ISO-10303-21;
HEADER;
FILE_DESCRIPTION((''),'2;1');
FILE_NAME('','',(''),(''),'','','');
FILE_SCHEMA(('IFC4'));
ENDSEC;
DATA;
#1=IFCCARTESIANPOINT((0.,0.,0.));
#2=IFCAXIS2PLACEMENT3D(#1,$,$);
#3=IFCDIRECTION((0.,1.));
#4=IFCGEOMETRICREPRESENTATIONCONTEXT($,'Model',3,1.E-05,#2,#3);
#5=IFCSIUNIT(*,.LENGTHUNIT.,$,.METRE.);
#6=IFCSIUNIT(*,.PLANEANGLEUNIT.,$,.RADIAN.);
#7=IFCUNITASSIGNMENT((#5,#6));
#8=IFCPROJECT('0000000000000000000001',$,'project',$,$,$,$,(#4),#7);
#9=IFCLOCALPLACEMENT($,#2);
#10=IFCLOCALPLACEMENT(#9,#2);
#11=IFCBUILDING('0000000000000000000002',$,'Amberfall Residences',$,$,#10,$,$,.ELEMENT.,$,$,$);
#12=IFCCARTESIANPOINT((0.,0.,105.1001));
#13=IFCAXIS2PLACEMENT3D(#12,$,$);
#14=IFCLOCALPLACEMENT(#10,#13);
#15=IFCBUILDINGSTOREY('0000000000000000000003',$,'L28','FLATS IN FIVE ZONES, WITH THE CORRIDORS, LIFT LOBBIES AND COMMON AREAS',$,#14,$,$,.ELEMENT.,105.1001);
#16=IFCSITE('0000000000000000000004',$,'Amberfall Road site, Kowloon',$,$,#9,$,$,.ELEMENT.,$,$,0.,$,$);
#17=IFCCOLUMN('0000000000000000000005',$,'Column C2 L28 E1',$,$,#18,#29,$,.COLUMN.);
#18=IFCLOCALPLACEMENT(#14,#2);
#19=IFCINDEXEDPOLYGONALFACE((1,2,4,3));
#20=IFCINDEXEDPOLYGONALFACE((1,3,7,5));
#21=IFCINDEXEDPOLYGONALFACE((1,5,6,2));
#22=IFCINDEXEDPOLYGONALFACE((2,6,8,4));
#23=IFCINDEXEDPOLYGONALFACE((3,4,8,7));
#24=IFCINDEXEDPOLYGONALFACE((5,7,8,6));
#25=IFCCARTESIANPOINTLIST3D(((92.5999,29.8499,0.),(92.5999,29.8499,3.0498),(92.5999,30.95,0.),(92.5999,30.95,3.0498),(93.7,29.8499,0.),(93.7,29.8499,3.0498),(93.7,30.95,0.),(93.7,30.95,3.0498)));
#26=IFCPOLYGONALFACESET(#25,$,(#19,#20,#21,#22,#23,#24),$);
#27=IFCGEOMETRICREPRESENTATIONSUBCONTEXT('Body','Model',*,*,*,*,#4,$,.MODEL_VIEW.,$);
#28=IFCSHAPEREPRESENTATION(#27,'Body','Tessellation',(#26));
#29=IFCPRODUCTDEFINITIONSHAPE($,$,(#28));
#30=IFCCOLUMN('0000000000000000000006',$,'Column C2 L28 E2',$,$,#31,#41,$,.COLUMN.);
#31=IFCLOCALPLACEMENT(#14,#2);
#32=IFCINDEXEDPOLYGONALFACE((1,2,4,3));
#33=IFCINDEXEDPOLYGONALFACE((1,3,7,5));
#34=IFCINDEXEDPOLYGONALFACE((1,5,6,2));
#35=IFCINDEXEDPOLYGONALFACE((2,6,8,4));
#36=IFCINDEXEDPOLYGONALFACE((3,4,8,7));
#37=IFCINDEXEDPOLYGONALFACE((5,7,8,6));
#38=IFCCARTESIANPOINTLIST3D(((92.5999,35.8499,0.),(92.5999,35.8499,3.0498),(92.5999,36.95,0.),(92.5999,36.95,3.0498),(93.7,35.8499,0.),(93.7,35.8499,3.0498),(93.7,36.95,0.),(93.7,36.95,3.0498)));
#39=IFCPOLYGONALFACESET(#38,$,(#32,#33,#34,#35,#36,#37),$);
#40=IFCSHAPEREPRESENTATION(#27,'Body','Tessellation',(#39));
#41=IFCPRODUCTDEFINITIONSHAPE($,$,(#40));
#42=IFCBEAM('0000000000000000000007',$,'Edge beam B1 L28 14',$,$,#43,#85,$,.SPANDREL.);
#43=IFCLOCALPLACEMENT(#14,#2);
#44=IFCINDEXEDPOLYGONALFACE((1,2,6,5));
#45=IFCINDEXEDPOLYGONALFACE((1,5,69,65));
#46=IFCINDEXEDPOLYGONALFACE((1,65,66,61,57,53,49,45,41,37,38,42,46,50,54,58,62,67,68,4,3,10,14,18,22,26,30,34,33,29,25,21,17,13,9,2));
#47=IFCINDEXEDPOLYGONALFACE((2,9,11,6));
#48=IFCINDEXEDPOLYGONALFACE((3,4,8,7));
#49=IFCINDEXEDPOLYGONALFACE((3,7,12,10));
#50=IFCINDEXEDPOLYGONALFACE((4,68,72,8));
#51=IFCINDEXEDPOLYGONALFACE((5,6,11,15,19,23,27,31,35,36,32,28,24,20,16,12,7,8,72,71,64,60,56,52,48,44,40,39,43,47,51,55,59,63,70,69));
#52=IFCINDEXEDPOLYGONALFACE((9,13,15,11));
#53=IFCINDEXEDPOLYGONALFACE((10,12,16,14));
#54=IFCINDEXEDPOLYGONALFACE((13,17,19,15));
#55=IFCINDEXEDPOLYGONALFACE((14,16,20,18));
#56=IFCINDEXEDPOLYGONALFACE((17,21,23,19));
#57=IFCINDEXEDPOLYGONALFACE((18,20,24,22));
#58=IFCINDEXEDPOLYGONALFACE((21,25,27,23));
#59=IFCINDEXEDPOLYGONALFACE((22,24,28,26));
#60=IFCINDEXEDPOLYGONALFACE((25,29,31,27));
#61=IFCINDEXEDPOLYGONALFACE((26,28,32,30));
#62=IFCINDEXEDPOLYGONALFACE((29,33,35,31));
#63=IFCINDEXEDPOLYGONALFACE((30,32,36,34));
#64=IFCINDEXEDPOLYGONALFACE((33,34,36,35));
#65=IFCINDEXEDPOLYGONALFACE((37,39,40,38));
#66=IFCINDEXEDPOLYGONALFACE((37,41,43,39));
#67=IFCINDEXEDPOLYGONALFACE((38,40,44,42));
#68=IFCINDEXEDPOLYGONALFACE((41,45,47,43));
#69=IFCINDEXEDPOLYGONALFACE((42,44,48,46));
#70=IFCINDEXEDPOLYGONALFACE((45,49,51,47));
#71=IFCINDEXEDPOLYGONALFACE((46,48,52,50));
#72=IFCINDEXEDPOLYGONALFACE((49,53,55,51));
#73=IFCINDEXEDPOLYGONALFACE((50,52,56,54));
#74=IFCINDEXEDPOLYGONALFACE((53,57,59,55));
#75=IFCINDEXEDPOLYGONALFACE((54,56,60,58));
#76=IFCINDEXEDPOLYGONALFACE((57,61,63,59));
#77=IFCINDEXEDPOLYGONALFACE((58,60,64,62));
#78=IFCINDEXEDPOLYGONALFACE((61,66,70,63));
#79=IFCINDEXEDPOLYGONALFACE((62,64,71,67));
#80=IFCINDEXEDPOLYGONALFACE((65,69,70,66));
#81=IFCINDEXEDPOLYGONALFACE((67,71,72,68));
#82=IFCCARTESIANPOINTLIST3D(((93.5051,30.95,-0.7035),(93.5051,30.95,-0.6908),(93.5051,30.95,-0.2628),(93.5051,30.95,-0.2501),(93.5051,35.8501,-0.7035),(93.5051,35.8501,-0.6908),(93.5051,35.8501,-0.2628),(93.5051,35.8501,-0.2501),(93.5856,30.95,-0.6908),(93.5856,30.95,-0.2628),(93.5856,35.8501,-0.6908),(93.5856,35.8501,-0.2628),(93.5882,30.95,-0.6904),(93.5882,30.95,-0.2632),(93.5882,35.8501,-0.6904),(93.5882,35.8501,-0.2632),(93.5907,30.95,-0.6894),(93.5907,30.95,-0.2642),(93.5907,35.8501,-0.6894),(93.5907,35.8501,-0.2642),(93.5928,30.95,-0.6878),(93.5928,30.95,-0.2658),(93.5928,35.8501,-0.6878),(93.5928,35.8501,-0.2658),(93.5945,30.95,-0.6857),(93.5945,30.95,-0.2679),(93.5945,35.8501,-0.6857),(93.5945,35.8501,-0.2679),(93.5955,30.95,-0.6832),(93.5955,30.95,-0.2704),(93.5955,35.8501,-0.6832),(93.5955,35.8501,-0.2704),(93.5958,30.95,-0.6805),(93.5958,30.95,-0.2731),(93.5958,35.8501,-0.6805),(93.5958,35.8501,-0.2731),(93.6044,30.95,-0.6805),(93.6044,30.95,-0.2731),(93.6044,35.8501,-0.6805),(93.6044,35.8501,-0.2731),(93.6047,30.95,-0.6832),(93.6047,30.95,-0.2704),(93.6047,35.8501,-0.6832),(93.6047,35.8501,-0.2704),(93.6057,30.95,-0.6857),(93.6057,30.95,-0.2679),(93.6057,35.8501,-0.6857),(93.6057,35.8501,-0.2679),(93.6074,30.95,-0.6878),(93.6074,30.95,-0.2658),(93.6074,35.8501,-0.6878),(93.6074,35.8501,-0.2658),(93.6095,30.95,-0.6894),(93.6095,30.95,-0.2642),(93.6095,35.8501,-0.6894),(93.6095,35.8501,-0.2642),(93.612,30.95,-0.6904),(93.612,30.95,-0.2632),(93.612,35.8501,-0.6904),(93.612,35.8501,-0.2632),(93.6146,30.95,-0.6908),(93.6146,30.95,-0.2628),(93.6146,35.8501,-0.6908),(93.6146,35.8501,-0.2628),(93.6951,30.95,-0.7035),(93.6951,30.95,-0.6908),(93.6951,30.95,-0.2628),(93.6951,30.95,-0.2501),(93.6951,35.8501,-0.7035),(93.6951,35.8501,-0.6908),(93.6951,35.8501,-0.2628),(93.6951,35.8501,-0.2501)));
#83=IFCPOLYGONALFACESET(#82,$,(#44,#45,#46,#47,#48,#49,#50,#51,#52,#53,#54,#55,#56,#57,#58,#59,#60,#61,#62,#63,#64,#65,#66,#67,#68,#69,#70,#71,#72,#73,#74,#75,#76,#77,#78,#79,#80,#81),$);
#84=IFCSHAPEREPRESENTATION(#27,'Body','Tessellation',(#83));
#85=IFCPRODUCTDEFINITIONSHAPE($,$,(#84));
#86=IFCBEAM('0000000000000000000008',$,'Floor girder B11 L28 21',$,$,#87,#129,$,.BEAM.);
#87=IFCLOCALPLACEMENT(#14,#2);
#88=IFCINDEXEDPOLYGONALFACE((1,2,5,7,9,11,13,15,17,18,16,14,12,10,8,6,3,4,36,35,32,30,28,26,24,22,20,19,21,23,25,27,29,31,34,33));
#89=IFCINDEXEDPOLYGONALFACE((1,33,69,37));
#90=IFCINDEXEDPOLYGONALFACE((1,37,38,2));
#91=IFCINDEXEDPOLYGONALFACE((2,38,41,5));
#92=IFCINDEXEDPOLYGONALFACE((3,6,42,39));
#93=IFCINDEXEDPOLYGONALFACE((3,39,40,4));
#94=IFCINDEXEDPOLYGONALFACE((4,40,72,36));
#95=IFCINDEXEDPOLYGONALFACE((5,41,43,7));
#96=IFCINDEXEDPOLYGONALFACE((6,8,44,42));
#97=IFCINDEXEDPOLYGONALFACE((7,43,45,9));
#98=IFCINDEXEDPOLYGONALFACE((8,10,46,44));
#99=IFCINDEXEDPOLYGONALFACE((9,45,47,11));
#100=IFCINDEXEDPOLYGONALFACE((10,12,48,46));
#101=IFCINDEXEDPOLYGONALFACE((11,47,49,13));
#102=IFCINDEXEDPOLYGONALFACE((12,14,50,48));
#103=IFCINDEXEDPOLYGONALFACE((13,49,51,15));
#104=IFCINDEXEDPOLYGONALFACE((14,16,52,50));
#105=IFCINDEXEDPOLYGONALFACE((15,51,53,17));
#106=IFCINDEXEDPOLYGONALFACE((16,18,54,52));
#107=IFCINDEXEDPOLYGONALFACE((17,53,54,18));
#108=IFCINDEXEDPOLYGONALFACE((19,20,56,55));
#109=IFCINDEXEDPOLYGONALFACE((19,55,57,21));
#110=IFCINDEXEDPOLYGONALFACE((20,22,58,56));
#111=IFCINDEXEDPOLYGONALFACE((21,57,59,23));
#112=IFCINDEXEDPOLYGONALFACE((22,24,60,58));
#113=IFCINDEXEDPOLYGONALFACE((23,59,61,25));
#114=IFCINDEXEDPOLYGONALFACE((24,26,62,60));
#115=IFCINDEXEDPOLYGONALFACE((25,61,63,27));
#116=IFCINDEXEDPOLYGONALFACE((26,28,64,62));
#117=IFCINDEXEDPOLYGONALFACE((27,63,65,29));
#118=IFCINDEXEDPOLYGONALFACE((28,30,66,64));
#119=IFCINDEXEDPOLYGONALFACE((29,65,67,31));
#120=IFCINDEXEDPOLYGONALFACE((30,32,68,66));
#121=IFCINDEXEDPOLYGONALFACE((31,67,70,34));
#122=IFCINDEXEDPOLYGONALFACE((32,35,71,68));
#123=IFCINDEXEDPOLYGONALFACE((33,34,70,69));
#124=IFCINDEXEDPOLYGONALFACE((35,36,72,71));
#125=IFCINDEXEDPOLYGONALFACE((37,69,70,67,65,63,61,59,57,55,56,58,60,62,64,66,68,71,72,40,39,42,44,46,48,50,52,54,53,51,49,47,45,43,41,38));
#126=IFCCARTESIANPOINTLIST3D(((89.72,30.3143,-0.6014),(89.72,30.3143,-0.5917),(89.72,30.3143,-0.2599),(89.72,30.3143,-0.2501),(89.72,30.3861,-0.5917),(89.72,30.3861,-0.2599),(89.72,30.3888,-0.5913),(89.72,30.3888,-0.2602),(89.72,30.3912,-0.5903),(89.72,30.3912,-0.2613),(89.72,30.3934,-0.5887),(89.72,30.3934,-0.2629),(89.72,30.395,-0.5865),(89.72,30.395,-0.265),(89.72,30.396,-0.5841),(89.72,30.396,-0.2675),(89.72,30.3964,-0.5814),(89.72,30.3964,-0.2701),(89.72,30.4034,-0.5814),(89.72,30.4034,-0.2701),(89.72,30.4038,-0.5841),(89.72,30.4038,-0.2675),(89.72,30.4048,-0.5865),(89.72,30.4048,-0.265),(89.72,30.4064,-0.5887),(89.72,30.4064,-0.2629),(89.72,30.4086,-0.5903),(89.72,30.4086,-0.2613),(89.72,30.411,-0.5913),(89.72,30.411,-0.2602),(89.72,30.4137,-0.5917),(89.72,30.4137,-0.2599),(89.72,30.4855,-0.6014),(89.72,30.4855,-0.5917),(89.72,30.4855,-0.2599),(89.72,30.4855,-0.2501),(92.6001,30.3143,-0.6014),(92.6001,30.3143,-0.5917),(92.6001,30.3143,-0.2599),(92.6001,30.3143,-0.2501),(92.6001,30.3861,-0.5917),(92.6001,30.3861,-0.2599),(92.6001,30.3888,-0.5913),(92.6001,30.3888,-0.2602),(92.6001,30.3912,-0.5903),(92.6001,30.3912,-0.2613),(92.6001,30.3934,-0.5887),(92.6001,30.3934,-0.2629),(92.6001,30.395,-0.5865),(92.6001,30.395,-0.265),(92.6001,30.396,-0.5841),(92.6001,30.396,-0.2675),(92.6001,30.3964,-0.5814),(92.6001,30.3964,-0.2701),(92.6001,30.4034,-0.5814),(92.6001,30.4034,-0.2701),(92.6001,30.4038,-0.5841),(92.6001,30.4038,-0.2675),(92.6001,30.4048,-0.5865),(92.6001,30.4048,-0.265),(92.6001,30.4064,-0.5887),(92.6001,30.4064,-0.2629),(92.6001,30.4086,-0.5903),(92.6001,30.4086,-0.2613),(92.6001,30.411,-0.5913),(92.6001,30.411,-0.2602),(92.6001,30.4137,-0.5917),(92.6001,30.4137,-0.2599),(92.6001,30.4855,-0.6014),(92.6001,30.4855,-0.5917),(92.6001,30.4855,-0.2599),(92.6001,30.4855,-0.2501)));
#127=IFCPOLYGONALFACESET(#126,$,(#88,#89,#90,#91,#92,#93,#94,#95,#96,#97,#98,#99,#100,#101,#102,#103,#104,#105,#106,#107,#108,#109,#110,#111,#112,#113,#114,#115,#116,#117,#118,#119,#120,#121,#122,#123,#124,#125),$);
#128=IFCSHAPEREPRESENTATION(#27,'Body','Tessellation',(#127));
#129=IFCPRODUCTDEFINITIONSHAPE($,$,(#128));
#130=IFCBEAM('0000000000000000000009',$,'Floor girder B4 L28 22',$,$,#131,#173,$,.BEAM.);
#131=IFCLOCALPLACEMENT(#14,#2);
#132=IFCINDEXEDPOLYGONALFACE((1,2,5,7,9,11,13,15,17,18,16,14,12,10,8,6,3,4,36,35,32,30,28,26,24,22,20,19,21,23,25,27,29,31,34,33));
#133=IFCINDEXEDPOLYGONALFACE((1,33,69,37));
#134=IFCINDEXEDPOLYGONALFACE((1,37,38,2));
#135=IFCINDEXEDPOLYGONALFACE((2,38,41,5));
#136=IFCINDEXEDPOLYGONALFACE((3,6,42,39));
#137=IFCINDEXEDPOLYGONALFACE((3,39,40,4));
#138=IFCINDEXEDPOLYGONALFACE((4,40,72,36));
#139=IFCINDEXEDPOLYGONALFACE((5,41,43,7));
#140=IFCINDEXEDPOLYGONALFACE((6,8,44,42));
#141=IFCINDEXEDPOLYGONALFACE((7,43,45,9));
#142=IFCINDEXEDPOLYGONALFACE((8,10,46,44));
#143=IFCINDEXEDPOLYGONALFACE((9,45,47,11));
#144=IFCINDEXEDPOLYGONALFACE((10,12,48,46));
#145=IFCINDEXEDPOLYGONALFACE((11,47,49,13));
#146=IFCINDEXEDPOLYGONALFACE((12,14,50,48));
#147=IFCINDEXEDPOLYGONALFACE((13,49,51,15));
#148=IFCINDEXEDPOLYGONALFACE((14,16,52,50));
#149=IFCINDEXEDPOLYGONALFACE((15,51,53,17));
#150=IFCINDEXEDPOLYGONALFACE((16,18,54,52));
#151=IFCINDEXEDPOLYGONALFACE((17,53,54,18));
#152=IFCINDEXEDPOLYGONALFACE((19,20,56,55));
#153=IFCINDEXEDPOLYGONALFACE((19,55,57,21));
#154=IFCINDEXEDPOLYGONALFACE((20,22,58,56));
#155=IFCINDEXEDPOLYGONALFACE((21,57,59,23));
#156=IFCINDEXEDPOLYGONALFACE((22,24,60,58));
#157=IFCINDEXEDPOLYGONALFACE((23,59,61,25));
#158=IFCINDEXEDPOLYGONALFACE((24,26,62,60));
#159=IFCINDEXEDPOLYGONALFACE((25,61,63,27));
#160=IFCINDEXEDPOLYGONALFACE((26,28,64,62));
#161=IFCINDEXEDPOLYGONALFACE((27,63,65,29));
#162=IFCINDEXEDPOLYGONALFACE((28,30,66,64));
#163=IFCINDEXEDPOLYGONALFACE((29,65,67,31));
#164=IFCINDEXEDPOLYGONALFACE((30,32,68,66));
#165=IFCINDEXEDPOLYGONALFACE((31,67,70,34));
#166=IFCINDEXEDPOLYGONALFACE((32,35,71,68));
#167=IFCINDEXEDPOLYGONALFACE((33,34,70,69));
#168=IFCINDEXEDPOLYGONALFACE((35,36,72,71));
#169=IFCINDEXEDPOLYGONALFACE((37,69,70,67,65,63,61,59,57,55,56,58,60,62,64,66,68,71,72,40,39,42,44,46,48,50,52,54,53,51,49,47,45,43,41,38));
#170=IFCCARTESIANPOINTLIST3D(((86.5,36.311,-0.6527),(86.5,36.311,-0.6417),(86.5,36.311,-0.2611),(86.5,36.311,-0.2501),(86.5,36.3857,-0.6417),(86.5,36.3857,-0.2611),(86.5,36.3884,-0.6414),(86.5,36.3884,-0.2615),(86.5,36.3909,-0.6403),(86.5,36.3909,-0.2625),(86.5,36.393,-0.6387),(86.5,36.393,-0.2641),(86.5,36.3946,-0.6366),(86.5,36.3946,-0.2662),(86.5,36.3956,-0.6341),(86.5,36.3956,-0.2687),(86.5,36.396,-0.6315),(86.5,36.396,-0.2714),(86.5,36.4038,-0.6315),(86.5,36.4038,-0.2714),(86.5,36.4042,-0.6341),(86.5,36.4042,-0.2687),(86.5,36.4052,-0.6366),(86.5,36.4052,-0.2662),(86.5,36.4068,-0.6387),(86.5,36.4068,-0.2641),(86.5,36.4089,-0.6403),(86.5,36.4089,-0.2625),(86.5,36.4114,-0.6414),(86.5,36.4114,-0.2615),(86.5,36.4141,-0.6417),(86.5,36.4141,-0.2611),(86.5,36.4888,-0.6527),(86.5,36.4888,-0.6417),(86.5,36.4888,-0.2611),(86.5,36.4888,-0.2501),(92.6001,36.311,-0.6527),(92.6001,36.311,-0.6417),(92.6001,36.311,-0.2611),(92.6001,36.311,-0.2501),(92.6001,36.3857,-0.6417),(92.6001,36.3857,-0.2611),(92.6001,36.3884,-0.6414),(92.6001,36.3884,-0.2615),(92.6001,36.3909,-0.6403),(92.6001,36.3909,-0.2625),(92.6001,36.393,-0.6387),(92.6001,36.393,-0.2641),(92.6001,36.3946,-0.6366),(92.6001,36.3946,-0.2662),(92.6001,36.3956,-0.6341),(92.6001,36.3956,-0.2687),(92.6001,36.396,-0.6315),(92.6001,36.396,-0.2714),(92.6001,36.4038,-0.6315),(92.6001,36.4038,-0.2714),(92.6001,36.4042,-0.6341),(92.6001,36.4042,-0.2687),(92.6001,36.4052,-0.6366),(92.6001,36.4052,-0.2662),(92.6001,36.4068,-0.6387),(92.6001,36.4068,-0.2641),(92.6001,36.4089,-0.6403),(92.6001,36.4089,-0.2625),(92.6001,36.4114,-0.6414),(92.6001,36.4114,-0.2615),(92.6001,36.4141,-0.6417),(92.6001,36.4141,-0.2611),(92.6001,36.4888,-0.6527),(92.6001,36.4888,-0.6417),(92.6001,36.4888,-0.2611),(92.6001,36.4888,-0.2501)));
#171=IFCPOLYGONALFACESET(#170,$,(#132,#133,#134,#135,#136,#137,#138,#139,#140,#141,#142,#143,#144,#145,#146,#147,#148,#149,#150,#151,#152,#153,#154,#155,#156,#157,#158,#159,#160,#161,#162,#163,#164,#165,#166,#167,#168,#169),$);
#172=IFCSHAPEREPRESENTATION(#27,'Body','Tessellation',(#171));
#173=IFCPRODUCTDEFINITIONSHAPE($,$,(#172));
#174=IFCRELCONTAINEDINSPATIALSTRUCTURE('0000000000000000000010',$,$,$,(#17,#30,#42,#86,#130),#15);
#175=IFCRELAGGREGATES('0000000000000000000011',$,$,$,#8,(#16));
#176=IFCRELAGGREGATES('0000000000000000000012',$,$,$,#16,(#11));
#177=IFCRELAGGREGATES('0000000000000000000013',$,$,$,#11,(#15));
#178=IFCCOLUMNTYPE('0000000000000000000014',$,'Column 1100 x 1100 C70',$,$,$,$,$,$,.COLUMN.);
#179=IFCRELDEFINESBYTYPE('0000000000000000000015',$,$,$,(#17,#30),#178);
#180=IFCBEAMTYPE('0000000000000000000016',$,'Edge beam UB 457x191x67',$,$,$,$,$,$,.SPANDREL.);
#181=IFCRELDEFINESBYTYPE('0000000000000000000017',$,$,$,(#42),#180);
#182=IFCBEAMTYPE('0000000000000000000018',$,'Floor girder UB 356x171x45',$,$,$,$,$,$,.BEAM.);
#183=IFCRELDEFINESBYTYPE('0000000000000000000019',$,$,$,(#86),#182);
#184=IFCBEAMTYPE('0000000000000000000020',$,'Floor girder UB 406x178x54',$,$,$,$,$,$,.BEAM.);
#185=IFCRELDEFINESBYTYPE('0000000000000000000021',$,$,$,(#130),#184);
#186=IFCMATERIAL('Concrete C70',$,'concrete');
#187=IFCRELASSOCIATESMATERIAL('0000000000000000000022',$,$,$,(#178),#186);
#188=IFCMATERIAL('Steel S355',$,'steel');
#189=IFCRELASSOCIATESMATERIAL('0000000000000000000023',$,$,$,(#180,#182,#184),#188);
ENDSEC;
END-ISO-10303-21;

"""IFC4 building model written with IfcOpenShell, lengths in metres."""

from ifc_helpers import new_model, si_unit, direction, frame, origin, origin_2d, place, context, subcontext, project, spatial, rectangle, i_section, extrude, material, material_profile, profile_set, type_object, element, save


model = new_model("IFC4")

# Units and contexts
model_context = context("Model", 3, precision=1e-05, world=origin(), true_north=direction((0.0, 1.0)))
body_context = subcontext(model_context, "Body", "Model", "MODEL_VIEW")
ifc_project = project(units=[si_unit("LENGTHUNIT", "METRE"), si_unit("PLANEANGLEUNIT", "RADIAN")], contexts=[model_context])

# Site, building, storey
site_placement = place(None, origin())
site = spatial("IfcSite", under=ifc_project, at=site_placement, Name="Amberfall Road site, Kowloon", CompositionType="ELEMENT", RefElevation=0.0)
building_placement = place(site_placement, origin())
building = spatial("IfcBuilding", under=site, at=building_placement, Name="Amberfall Residences", CompositionType="ELEMENT")
storey_placement = place(building_placement, frame((0.0, 0.0, 105.1001)))
storey = spatial("IfcBuildingStorey", under=building, at=storey_placement, Name="L28", Description="FLATS IN FIVE ZONES, WITH THE CORRIDORS, LIFT LOBBIES AND COMMON AREAS", CompositionType="ELEMENT", Elevation=105.1001)

# Columns
ifc_material_1 = material(Name="Concrete C70", Category="concrete")
ifc_material_profile_1 = material_profile(ifc_material_1, rectangle(XDim=1.1001, YDim=1.1001, at=origin_2d()), Name="Column 1100 x 1100 C70")
ifc_profile_set_1 = profile_set([ifc_material_profile_1], Name="Concrete C70")
column_type = type_object("IfcColumnType", Name="Column 1100 x 1100 C70", PredefinedType="COLUMN", material=ifc_profile_set_1)
for number, where, z_axis, x_axis, name in (
    (1, (93.1499, 30.3999, 0.0), (0.0, 0.0, 1.0), (1.0, 0.0, 0.0), "Column C2 L28 E1"),
    (2, (93.1499, 36.3999, 0.0), (0.0, 0.0, 1.0), (1.0, 0.0, 0.0), "Column C2 L28 E2"),
):
    element("IfcColumn", number, at=place(storey_placement, frame(where, z_axis=z_axis, x_axis=x_axis)), inside=storey, type_object=column_type, Name=name, PredefinedType="COLUMN", context=body_context, shape_type="SweptSolid", body=[
        extrude(rectangle(XDim=1.1001, YDim=1.1001, at=origin_2d()), origin(), (0.0, 0.0, 1.0), 3.0498),
    ])

# Beams
ifc_material_2 = material(Name="Steel S355", Category="steel")
ifc_material_profile_2 = material_profile(ifc_material_2, i_section(OverallWidth=0.1899, OverallDepth=0.4534, WebThickness=0.0085, FlangeThickness=0.0127, FilletRadius=0.0103, at=origin_2d()), Name="UB 457x191x67")
ifc_profile_set_2 = profile_set([ifc_material_profile_2], Name="Steel S355")
beam_type_1 = type_object("IfcBeamType", Name="Edge beam UB 457x191x67", PredefinedType="SPANDREL", material=ifc_profile_set_2)
beam_1_placement = place(storey_placement, frame((93.6001, 30.95, -0.4768), z_axis=(0.0, 1.0, 0.0), x_axis=(-1.0, 0.0, 0.0)))
element("IfcBeam", 3, at=beam_1_placement, inside=storey, type_object=beam_type_1, Name="Edge beam B1 L28 14", PredefinedType="SPANDREL", context=body_context, shape_type="SweptSolid", body=[
    extrude(i_section(OverallWidth=0.1899, OverallDepth=0.4534, WebThickness=0.0085, FlangeThickness=0.0127, FilletRadius=0.0103, at=origin_2d()), origin(), (0.0, 0.0, 1.0), 4.9001),
])
ifc_material_profile_3 = material_profile(ifc_material_2, i_section(OverallWidth=0.1711, OverallDepth=0.3513, WebThickness=0.0071, FlangeThickness=0.0098, FilletRadius=0.0103, at=origin_2d()), Name="UB 356x171x45")
ifc_profile_set_3 = profile_set([ifc_material_profile_3], Name="Steel S355")
beam_type_2 = type_object("IfcBeamType", Name="Floor girder UB 356x171x45", PredefinedType="BEAM", material=ifc_profile_set_3)
beam_2_placement = place(storey_placement, frame((92.6001, 30.3999, -0.4258), z_axis=(-1.0, 0.0, 0.0), x_axis=(0.0, -1.0, 0.0)))
element("IfcBeam", 4, at=beam_2_placement, inside=storey, type_object=beam_type_2, Name="Floor girder B11 L28 21", PredefinedType="BEAM", context=body_context, shape_type="SweptSolid", body=[
    extrude(i_section(OverallWidth=0.1711, OverallDepth=0.3513, WebThickness=0.0071, FlangeThickness=0.0098, FilletRadius=0.0103, at=origin_2d()), origin(), (0.0, 0.0, 1.0), 2.8801),
])
ifc_material_profile_4 = material_profile(ifc_material_2, i_section(OverallWidth=0.1777, OverallDepth=0.4026, WebThickness=0.0078, FlangeThickness=0.011, FilletRadius=0.0103, at=origin_2d()), Name="UB 406x178x54")
ifc_profile_set_4 = profile_set([ifc_material_profile_4], Name="Steel S355")
beam_type_3 = type_object("IfcBeamType", Name="Floor girder UB 406x178x54", PredefinedType="BEAM", material=ifc_profile_set_4)
beam_3_placement = place(storey_placement, frame((92.6001, 36.3999, -0.4514), z_axis=(-1.0, 0.0, 0.0), x_axis=(0.0, -1.0, 0.0)))
element("IfcBeam", 5, at=beam_3_placement, inside=storey, type_object=beam_type_3, Name="Floor girder B4 L28 22", PredefinedType="BEAM", context=body_context, shape_type="SweptSolid", body=[
    extrude(i_section(OverallWidth=0.1777, OverallDepth=0.4026, WebThickness=0.0078, FlangeThickness=0.011, FilletRadius=0.0103, at=origin_2d()), origin(), (0.0, 0.0, 1.0), 6.1001),
])

save(model, "model.ifc")
